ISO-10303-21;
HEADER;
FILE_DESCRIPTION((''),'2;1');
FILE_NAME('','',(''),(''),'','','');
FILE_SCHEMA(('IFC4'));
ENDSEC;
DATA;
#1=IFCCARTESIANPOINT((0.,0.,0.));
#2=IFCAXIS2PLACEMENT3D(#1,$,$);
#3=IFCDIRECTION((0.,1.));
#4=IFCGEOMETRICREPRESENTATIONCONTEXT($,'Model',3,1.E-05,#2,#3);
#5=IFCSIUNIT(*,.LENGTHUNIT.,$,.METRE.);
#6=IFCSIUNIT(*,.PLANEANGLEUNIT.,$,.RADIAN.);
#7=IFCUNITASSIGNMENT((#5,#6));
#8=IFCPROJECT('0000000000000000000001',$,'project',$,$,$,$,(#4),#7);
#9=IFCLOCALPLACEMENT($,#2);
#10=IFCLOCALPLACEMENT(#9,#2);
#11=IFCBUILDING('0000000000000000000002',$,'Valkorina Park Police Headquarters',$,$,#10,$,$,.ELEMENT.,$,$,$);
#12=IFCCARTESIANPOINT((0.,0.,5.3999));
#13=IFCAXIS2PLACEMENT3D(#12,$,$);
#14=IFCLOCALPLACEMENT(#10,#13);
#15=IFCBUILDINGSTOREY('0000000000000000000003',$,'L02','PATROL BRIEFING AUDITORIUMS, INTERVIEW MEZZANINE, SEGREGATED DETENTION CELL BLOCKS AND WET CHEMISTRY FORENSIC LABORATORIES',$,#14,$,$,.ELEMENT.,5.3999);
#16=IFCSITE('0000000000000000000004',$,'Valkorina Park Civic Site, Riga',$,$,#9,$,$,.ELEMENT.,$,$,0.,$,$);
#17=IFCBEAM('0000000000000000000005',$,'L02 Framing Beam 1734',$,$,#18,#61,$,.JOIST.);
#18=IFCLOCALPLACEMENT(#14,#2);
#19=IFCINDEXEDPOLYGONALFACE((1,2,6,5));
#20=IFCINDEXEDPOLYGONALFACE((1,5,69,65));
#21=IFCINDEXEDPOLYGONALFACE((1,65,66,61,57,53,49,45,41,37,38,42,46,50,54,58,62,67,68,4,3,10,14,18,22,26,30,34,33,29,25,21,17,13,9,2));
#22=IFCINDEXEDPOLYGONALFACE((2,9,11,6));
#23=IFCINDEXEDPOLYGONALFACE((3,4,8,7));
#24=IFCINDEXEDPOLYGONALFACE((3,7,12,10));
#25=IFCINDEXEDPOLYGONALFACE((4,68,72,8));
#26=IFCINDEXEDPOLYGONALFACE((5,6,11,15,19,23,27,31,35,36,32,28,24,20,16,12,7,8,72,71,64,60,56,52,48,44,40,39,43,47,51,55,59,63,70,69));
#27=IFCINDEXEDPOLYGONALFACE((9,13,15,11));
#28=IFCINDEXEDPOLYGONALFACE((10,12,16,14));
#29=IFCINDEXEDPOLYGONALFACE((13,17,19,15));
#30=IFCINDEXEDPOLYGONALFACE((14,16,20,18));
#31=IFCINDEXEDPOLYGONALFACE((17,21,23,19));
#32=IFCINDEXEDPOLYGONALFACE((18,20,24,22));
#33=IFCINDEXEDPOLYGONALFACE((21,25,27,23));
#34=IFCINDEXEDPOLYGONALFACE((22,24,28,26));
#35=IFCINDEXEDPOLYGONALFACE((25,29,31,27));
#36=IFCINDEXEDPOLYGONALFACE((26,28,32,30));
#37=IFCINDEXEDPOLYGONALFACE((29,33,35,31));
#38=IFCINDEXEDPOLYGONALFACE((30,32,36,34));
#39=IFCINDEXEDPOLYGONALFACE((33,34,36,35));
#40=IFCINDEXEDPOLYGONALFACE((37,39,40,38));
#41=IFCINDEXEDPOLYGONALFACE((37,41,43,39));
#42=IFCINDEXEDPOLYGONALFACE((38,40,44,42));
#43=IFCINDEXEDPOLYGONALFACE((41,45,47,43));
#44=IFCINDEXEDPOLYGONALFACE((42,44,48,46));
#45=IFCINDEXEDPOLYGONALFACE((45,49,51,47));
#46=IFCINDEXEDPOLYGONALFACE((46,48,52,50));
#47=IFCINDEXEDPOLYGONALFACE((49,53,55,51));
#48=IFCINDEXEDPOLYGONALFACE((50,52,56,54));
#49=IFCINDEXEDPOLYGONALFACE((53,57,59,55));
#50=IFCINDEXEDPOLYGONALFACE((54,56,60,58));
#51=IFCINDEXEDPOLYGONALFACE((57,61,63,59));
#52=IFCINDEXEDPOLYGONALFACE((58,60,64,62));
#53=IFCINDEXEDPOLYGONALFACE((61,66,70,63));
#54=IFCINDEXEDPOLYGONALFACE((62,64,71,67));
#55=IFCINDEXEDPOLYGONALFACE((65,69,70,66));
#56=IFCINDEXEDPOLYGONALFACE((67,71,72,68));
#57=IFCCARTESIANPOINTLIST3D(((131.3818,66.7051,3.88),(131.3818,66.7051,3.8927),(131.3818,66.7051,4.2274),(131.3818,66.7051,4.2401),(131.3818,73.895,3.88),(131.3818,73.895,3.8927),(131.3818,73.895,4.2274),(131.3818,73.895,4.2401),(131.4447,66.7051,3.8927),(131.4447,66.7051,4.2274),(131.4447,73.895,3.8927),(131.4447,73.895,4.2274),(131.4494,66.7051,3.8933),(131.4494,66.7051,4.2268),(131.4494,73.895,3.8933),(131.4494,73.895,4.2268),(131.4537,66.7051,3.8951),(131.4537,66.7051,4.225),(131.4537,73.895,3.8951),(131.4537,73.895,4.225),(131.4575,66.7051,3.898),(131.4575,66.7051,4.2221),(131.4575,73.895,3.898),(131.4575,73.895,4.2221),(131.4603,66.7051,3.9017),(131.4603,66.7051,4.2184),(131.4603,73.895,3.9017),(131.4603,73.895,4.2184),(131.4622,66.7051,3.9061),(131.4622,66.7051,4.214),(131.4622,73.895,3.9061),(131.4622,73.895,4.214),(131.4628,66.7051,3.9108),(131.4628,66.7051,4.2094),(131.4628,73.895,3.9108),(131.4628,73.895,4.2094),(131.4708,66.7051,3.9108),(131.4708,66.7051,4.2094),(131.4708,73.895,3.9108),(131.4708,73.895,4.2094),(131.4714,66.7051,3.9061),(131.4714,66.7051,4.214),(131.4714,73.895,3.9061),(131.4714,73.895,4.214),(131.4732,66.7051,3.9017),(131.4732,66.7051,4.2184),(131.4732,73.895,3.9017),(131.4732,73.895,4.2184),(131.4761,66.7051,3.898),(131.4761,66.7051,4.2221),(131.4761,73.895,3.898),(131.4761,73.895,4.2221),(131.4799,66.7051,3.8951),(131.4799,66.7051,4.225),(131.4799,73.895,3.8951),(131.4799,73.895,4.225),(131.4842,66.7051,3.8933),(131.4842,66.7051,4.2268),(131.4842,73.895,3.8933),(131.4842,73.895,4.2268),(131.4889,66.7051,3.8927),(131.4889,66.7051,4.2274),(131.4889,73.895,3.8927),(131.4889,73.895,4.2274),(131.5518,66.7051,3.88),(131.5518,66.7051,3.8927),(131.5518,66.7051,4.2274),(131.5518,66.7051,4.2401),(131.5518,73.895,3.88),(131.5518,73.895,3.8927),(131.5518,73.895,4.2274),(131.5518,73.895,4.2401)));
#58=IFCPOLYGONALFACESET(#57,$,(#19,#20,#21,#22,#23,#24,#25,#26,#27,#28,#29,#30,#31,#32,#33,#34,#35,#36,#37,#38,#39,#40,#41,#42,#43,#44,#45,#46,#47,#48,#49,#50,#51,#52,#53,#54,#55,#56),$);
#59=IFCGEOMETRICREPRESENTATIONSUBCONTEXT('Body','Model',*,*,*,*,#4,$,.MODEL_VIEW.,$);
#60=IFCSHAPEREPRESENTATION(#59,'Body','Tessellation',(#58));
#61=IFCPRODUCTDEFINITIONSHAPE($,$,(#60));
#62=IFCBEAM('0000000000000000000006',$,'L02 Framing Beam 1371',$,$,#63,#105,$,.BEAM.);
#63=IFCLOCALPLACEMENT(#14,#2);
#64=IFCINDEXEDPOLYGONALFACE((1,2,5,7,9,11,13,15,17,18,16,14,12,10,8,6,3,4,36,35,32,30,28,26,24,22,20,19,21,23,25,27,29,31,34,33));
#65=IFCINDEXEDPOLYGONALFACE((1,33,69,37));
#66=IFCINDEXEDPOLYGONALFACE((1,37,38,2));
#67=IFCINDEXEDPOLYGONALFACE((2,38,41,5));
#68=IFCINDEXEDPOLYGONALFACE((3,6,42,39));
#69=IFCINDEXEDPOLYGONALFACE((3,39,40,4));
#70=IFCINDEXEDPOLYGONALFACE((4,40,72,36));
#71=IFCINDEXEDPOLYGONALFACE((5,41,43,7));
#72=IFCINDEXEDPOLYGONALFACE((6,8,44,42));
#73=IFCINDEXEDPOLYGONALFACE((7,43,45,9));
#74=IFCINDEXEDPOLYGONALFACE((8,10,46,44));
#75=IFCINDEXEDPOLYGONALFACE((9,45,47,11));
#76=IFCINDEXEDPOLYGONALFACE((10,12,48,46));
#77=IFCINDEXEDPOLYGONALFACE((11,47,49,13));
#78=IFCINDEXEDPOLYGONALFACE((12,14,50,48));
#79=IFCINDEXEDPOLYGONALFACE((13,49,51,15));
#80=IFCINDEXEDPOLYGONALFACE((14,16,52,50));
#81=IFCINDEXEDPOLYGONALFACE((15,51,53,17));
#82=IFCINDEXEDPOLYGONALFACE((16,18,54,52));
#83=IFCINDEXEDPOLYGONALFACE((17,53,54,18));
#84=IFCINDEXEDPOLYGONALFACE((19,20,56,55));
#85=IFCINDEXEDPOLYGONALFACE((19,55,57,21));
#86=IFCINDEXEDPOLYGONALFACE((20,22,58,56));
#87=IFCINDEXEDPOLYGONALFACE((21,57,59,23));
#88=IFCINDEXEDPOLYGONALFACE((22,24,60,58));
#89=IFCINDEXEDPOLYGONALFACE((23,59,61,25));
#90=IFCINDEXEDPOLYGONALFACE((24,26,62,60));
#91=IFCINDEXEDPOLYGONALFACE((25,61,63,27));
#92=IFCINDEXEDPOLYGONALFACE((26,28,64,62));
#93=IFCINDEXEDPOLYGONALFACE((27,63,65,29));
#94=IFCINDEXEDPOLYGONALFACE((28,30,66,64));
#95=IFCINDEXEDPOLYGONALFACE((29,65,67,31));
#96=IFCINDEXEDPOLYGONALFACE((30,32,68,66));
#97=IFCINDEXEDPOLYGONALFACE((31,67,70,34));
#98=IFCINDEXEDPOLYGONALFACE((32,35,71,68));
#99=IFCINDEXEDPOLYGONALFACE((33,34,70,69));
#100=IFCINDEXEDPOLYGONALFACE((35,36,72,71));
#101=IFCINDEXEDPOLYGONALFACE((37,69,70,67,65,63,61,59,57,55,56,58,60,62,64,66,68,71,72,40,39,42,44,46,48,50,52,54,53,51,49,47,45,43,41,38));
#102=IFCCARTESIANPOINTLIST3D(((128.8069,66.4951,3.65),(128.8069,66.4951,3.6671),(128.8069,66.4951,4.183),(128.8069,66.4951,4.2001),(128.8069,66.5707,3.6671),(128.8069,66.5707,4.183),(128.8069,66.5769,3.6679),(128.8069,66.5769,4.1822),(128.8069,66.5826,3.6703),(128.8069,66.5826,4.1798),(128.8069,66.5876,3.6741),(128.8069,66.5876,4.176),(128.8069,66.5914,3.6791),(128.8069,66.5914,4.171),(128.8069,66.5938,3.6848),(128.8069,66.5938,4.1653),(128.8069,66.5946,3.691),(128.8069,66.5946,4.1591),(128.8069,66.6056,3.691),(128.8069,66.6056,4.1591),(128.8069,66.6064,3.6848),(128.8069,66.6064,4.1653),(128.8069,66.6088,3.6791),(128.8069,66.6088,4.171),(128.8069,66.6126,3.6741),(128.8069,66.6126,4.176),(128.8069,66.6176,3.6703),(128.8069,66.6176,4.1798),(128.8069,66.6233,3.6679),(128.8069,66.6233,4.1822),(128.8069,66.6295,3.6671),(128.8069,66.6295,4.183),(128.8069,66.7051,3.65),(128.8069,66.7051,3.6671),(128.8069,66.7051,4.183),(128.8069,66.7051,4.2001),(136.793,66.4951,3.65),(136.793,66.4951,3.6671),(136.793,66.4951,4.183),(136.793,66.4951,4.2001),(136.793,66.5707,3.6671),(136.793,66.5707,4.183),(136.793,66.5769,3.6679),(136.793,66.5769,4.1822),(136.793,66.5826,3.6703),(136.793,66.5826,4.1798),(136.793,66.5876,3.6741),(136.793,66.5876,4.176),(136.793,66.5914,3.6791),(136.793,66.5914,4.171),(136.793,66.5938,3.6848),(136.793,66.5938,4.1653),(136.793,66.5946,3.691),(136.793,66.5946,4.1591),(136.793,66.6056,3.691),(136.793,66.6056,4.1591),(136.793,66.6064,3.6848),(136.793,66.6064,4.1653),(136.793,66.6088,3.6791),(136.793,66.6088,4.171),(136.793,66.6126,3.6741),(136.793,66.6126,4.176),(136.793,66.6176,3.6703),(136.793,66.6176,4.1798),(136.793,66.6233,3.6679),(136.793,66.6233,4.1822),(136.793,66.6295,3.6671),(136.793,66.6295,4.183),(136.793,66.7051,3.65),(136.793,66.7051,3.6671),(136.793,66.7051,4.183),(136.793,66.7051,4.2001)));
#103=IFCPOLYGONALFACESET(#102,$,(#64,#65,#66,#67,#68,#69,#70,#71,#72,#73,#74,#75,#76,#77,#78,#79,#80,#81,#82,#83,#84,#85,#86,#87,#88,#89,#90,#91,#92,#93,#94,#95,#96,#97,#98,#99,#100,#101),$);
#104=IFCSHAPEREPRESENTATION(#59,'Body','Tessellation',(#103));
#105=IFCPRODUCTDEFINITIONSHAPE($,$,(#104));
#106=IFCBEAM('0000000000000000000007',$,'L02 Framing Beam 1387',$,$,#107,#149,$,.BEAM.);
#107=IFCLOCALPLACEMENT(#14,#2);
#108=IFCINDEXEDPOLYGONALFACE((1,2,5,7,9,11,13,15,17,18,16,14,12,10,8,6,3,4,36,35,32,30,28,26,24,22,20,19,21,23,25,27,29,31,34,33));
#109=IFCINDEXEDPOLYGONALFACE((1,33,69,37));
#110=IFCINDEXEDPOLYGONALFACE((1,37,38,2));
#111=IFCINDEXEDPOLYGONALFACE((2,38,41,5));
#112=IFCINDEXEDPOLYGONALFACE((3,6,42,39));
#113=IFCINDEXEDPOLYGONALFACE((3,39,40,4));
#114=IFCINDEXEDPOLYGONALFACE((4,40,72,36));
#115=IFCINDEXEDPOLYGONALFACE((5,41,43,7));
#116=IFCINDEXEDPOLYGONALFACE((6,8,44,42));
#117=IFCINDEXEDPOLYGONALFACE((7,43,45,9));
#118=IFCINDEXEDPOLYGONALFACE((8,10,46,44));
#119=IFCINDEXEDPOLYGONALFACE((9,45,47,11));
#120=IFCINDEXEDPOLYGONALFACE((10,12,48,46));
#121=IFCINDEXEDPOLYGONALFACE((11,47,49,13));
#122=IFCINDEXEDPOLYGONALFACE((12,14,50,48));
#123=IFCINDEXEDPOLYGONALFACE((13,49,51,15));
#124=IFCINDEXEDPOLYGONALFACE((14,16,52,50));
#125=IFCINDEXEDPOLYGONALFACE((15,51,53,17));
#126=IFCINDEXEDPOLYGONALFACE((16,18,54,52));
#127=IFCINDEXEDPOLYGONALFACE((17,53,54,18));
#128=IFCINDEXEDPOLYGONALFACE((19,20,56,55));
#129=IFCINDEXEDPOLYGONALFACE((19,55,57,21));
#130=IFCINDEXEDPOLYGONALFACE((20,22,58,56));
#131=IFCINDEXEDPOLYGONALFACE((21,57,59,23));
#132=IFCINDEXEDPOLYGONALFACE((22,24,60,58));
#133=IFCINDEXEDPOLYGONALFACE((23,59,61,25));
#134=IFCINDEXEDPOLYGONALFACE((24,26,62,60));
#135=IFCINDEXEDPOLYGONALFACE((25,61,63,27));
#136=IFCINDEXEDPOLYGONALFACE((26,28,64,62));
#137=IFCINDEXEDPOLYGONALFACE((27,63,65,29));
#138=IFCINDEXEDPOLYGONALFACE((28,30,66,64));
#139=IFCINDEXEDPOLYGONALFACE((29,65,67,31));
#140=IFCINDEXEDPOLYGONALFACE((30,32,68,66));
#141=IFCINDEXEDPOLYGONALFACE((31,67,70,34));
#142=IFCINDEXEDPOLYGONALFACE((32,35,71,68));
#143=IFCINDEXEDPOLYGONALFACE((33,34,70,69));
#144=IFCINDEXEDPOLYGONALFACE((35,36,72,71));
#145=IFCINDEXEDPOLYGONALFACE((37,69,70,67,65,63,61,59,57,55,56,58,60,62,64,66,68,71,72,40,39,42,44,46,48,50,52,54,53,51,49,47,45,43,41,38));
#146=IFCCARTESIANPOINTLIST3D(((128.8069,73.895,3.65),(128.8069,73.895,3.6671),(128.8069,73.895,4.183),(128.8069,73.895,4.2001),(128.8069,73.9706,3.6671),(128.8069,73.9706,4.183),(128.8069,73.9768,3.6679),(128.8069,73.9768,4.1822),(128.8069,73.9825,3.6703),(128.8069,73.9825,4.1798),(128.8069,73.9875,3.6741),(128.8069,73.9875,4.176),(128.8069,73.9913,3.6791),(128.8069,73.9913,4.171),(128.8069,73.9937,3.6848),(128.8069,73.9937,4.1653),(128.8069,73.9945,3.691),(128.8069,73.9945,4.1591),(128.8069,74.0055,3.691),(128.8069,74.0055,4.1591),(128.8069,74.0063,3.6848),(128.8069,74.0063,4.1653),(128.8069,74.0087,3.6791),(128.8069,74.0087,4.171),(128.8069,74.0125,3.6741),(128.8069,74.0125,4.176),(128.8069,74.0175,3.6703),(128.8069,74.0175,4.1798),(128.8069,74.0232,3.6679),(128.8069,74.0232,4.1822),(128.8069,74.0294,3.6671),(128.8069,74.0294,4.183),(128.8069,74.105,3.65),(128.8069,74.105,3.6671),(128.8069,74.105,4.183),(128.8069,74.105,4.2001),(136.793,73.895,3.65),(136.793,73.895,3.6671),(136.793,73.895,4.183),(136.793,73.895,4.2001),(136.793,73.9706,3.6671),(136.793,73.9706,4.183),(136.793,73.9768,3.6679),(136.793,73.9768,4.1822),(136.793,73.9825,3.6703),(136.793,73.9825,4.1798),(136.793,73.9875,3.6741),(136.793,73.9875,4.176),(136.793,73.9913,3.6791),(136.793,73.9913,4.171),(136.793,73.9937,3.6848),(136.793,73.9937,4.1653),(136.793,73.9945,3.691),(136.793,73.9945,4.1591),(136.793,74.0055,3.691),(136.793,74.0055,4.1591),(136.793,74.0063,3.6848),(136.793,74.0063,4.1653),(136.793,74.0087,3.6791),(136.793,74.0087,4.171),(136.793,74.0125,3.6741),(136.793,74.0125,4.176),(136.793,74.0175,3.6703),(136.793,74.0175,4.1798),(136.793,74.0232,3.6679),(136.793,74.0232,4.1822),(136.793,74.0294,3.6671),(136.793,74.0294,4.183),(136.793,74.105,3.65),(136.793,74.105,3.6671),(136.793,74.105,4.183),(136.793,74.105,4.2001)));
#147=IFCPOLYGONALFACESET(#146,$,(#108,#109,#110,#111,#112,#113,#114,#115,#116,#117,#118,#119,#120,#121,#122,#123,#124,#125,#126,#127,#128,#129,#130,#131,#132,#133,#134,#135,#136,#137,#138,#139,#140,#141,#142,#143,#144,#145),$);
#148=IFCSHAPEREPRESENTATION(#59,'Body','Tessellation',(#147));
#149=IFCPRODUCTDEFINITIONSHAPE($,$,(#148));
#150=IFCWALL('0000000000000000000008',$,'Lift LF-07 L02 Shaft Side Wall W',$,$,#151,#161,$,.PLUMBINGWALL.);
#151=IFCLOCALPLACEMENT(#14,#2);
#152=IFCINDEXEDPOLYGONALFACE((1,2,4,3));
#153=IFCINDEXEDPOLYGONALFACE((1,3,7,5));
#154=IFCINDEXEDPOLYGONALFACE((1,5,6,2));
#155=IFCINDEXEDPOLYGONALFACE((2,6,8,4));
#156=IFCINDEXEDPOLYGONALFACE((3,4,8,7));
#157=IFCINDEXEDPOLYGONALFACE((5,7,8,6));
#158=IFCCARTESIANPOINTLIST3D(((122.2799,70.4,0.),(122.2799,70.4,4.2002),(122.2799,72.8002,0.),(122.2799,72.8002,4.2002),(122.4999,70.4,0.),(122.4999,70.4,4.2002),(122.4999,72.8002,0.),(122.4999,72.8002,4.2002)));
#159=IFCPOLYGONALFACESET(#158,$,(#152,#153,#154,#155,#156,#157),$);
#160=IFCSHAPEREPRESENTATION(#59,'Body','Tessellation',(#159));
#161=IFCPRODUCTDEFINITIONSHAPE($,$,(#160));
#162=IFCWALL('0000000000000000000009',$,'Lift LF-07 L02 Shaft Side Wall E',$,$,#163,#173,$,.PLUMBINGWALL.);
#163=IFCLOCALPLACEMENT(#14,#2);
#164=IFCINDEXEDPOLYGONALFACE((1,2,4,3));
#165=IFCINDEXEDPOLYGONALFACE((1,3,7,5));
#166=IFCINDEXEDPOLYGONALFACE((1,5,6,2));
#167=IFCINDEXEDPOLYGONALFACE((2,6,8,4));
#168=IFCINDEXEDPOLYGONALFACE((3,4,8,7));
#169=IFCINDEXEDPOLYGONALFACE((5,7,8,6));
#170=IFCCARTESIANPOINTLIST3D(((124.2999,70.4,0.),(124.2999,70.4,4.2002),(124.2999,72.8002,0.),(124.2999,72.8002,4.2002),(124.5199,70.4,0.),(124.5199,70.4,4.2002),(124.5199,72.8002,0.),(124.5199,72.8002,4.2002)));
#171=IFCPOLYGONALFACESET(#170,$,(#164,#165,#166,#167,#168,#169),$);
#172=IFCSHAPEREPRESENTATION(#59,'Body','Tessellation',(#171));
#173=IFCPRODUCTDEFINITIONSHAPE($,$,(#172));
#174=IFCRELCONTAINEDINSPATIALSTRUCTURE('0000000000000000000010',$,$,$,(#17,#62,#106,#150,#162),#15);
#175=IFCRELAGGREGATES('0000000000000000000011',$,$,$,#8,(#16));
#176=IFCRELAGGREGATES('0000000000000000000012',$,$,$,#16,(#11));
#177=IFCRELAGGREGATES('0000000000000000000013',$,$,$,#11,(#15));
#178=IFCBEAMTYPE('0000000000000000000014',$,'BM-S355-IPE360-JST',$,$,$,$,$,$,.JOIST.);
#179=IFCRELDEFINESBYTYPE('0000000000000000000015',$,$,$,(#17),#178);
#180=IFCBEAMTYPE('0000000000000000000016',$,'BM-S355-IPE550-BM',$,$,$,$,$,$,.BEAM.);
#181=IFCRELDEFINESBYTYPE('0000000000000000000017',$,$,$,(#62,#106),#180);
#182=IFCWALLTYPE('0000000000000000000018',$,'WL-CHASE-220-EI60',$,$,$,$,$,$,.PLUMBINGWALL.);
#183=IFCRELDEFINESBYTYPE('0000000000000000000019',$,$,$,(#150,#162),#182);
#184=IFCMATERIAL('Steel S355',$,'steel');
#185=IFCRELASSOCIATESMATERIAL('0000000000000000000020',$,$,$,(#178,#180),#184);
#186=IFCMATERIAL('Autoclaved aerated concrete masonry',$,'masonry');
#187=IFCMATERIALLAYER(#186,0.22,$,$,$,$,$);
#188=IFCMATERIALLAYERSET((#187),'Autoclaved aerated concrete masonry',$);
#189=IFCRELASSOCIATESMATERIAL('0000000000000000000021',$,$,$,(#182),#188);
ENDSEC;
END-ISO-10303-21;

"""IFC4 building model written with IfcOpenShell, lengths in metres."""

from ifc_helpers import new_model, si_unit, direction, frame, frame_2d, origin, origin_2d, place, context, subcontext, project, spatial, rectangle, i_section, extrude, material, layer, layer_set, material_profile, profile_set, type_object, element, save


model = new_model("IFC4")

# Units and contexts
model_context = context("Model", 3, precision=1e-05, world=origin(), true_north=direction((0.0, 1.0)))
body_context = subcontext(model_context, "Body", "Model", "MODEL_VIEW")
ifc_project = project(units=[si_unit("LENGTHUNIT", "METRE"), si_unit("PLANEANGLEUNIT", "RADIAN")], contexts=[model_context])

# Site, building, storey
site_placement = place(None, origin())
site = spatial("IfcSite", under=ifc_project, at=site_placement, Name="Valkorina Park Civic Site, Riga", CompositionType="ELEMENT", RefElevation=0.0)
building_placement = place(site_placement, origin())
building = spatial("IfcBuilding", under=site, at=building_placement, Name="Valkorina Park Police Headquarters", CompositionType="ELEMENT")
storey_placement = place(building_placement, frame((0.0, 0.0, 5.3999)))
storey = spatial("IfcBuildingStorey", under=building, at=storey_placement, Name="L02", Description="PATROL BRIEFING AUDITORIUMS, INTERVIEW MEZZANINE, SEGREGATED DETENTION CELL BLOCKS AND WET CHEMISTRY FORENSIC LABORATORIES", CompositionType="ELEMENT", Elevation=5.3999)

# Shared definitions
ifc_material_1 = material(Name="Steel S355", Category="steel")

# Beams
ifc_material_profile_1 = material_profile(ifc_material_1, i_section(OverallWidth=0.1699, OverallDepth=0.3601, WebThickness=0.0081, FlangeThickness=0.0127, FilletRadius=0.0181, at=origin_2d()), Name="IPE 360")
ifc_profile_set_1 = profile_set([ifc_material_profile_1], Name="Steel S355")
beam_type_1 = type_object("IfcBeamType", Name="BM-S355-IPE360-JST", PredefinedType="JOIST", material=ifc_profile_set_1)
beam_placement = place(storey_placement, frame((131.4668, 66.7051, 4.0601), z_axis=(0.0, 1.0, 0.0), x_axis=(-1.0, 0.0, 0.0)))
element("IfcBeam", 1, at=beam_placement, inside=storey, type_object=beam_type_1, Name="L02 Framing Beam 1734", PredefinedType="JOIST", context=body_context, shape_type="SweptSolid", body=[
    extrude(i_section(OverallWidth=0.1699, OverallDepth=0.3601, WebThickness=0.0081, FlangeThickness=0.0127, FilletRadius=0.0181, at=origin_2d()), origin(), (0.0, 0.0, 1.0), 7.1899),
])
ifc_material_profile_2 = material_profile(ifc_material_1, i_section(OverallWidth=0.21, OverallDepth=0.55, WebThickness=0.011, FlangeThickness=0.0171, FilletRadius=0.0239, at=origin_2d()), Name="IPE 550")
ifc_profile_set_2 = profile_set([ifc_material_profile_2], Name="Steel S355")
beam_type_2 = type_object("IfcBeamType", Name="BM-S355-IPE550-BM", PredefinedType="BEAM", material=ifc_profile_set_2)
for number, where, z_axis, x_axis, name in (
    (2, (128.8069, 66.6001, 3.925), (1.0, 0.0, 0.0), (0.0, 1.0, 0.0), "L02 Framing Beam 1371"),
    (3, (128.8069, 74.0, 3.925), (1.0, 0.0, 0.0), (0.0, 1.0, 0.0), "L02 Framing Beam 1387"),
):
    element("IfcBeam", number, at=place(storey_placement, frame(where, z_axis=z_axis, x_axis=x_axis)), inside=storey, type_object=beam_type_2, Name=name, PredefinedType="BEAM", context=body_context, shape_type="SweptSolid", body=[
        extrude(i_section(OverallWidth=0.21, OverallDepth=0.55, WebThickness=0.011, FlangeThickness=0.0171, FilletRadius=0.0239, at=origin_2d()), origin(), (0.0, 0.0, 1.0), 7.9861),
    ])

# Shared definitions
ifc_material_2 = material(Name="Autoclaved aerated concrete masonry", Category="masonry")
ifc_layer_1 = layer(ifc_material_2, 0.22)
ifc_layer_set_1 = layer_set([ifc_layer_1], Name="Autoclaved aerated concrete masonry")
wall_type_1 = type_object("IfcWallType", Name="WL-CHASE-220-EI60", PredefinedType="PLUMBINGWALL", material=ifc_layer_set_1)

# Walls
for number, where, z_axis, x_axis, name in (
    (4, (122.3899, 70.3999, 0.0), (0.0, 0.0, 1.0), (0.0, 1.0, 0.0), "Lift LF-07 L02 Shaft Side Wall W"),
    (5, (124.4099, 70.3999, 0.0), (0.0, 0.0, 1.0), (0.0, 1.0, 0.0), "Lift LF-07 L02 Shaft Side Wall E"),
):
    element("IfcWall", number, at=place(storey_placement, frame(where, z_axis=z_axis, x_axis=x_axis)), inside=storey, type_object=wall_type_1, Name=name, PredefinedType="PLUMBINGWALL", context=body_context, shape_type="SweptSolid", body=[
        extrude(rectangle(XDim=2.4001, YDim=0.22, at=frame_2d((1.2002, 0.0))), origin(), (0.0, 0.0, 1.0), 4.2002),
    ])

save(model, "model.ifc")
